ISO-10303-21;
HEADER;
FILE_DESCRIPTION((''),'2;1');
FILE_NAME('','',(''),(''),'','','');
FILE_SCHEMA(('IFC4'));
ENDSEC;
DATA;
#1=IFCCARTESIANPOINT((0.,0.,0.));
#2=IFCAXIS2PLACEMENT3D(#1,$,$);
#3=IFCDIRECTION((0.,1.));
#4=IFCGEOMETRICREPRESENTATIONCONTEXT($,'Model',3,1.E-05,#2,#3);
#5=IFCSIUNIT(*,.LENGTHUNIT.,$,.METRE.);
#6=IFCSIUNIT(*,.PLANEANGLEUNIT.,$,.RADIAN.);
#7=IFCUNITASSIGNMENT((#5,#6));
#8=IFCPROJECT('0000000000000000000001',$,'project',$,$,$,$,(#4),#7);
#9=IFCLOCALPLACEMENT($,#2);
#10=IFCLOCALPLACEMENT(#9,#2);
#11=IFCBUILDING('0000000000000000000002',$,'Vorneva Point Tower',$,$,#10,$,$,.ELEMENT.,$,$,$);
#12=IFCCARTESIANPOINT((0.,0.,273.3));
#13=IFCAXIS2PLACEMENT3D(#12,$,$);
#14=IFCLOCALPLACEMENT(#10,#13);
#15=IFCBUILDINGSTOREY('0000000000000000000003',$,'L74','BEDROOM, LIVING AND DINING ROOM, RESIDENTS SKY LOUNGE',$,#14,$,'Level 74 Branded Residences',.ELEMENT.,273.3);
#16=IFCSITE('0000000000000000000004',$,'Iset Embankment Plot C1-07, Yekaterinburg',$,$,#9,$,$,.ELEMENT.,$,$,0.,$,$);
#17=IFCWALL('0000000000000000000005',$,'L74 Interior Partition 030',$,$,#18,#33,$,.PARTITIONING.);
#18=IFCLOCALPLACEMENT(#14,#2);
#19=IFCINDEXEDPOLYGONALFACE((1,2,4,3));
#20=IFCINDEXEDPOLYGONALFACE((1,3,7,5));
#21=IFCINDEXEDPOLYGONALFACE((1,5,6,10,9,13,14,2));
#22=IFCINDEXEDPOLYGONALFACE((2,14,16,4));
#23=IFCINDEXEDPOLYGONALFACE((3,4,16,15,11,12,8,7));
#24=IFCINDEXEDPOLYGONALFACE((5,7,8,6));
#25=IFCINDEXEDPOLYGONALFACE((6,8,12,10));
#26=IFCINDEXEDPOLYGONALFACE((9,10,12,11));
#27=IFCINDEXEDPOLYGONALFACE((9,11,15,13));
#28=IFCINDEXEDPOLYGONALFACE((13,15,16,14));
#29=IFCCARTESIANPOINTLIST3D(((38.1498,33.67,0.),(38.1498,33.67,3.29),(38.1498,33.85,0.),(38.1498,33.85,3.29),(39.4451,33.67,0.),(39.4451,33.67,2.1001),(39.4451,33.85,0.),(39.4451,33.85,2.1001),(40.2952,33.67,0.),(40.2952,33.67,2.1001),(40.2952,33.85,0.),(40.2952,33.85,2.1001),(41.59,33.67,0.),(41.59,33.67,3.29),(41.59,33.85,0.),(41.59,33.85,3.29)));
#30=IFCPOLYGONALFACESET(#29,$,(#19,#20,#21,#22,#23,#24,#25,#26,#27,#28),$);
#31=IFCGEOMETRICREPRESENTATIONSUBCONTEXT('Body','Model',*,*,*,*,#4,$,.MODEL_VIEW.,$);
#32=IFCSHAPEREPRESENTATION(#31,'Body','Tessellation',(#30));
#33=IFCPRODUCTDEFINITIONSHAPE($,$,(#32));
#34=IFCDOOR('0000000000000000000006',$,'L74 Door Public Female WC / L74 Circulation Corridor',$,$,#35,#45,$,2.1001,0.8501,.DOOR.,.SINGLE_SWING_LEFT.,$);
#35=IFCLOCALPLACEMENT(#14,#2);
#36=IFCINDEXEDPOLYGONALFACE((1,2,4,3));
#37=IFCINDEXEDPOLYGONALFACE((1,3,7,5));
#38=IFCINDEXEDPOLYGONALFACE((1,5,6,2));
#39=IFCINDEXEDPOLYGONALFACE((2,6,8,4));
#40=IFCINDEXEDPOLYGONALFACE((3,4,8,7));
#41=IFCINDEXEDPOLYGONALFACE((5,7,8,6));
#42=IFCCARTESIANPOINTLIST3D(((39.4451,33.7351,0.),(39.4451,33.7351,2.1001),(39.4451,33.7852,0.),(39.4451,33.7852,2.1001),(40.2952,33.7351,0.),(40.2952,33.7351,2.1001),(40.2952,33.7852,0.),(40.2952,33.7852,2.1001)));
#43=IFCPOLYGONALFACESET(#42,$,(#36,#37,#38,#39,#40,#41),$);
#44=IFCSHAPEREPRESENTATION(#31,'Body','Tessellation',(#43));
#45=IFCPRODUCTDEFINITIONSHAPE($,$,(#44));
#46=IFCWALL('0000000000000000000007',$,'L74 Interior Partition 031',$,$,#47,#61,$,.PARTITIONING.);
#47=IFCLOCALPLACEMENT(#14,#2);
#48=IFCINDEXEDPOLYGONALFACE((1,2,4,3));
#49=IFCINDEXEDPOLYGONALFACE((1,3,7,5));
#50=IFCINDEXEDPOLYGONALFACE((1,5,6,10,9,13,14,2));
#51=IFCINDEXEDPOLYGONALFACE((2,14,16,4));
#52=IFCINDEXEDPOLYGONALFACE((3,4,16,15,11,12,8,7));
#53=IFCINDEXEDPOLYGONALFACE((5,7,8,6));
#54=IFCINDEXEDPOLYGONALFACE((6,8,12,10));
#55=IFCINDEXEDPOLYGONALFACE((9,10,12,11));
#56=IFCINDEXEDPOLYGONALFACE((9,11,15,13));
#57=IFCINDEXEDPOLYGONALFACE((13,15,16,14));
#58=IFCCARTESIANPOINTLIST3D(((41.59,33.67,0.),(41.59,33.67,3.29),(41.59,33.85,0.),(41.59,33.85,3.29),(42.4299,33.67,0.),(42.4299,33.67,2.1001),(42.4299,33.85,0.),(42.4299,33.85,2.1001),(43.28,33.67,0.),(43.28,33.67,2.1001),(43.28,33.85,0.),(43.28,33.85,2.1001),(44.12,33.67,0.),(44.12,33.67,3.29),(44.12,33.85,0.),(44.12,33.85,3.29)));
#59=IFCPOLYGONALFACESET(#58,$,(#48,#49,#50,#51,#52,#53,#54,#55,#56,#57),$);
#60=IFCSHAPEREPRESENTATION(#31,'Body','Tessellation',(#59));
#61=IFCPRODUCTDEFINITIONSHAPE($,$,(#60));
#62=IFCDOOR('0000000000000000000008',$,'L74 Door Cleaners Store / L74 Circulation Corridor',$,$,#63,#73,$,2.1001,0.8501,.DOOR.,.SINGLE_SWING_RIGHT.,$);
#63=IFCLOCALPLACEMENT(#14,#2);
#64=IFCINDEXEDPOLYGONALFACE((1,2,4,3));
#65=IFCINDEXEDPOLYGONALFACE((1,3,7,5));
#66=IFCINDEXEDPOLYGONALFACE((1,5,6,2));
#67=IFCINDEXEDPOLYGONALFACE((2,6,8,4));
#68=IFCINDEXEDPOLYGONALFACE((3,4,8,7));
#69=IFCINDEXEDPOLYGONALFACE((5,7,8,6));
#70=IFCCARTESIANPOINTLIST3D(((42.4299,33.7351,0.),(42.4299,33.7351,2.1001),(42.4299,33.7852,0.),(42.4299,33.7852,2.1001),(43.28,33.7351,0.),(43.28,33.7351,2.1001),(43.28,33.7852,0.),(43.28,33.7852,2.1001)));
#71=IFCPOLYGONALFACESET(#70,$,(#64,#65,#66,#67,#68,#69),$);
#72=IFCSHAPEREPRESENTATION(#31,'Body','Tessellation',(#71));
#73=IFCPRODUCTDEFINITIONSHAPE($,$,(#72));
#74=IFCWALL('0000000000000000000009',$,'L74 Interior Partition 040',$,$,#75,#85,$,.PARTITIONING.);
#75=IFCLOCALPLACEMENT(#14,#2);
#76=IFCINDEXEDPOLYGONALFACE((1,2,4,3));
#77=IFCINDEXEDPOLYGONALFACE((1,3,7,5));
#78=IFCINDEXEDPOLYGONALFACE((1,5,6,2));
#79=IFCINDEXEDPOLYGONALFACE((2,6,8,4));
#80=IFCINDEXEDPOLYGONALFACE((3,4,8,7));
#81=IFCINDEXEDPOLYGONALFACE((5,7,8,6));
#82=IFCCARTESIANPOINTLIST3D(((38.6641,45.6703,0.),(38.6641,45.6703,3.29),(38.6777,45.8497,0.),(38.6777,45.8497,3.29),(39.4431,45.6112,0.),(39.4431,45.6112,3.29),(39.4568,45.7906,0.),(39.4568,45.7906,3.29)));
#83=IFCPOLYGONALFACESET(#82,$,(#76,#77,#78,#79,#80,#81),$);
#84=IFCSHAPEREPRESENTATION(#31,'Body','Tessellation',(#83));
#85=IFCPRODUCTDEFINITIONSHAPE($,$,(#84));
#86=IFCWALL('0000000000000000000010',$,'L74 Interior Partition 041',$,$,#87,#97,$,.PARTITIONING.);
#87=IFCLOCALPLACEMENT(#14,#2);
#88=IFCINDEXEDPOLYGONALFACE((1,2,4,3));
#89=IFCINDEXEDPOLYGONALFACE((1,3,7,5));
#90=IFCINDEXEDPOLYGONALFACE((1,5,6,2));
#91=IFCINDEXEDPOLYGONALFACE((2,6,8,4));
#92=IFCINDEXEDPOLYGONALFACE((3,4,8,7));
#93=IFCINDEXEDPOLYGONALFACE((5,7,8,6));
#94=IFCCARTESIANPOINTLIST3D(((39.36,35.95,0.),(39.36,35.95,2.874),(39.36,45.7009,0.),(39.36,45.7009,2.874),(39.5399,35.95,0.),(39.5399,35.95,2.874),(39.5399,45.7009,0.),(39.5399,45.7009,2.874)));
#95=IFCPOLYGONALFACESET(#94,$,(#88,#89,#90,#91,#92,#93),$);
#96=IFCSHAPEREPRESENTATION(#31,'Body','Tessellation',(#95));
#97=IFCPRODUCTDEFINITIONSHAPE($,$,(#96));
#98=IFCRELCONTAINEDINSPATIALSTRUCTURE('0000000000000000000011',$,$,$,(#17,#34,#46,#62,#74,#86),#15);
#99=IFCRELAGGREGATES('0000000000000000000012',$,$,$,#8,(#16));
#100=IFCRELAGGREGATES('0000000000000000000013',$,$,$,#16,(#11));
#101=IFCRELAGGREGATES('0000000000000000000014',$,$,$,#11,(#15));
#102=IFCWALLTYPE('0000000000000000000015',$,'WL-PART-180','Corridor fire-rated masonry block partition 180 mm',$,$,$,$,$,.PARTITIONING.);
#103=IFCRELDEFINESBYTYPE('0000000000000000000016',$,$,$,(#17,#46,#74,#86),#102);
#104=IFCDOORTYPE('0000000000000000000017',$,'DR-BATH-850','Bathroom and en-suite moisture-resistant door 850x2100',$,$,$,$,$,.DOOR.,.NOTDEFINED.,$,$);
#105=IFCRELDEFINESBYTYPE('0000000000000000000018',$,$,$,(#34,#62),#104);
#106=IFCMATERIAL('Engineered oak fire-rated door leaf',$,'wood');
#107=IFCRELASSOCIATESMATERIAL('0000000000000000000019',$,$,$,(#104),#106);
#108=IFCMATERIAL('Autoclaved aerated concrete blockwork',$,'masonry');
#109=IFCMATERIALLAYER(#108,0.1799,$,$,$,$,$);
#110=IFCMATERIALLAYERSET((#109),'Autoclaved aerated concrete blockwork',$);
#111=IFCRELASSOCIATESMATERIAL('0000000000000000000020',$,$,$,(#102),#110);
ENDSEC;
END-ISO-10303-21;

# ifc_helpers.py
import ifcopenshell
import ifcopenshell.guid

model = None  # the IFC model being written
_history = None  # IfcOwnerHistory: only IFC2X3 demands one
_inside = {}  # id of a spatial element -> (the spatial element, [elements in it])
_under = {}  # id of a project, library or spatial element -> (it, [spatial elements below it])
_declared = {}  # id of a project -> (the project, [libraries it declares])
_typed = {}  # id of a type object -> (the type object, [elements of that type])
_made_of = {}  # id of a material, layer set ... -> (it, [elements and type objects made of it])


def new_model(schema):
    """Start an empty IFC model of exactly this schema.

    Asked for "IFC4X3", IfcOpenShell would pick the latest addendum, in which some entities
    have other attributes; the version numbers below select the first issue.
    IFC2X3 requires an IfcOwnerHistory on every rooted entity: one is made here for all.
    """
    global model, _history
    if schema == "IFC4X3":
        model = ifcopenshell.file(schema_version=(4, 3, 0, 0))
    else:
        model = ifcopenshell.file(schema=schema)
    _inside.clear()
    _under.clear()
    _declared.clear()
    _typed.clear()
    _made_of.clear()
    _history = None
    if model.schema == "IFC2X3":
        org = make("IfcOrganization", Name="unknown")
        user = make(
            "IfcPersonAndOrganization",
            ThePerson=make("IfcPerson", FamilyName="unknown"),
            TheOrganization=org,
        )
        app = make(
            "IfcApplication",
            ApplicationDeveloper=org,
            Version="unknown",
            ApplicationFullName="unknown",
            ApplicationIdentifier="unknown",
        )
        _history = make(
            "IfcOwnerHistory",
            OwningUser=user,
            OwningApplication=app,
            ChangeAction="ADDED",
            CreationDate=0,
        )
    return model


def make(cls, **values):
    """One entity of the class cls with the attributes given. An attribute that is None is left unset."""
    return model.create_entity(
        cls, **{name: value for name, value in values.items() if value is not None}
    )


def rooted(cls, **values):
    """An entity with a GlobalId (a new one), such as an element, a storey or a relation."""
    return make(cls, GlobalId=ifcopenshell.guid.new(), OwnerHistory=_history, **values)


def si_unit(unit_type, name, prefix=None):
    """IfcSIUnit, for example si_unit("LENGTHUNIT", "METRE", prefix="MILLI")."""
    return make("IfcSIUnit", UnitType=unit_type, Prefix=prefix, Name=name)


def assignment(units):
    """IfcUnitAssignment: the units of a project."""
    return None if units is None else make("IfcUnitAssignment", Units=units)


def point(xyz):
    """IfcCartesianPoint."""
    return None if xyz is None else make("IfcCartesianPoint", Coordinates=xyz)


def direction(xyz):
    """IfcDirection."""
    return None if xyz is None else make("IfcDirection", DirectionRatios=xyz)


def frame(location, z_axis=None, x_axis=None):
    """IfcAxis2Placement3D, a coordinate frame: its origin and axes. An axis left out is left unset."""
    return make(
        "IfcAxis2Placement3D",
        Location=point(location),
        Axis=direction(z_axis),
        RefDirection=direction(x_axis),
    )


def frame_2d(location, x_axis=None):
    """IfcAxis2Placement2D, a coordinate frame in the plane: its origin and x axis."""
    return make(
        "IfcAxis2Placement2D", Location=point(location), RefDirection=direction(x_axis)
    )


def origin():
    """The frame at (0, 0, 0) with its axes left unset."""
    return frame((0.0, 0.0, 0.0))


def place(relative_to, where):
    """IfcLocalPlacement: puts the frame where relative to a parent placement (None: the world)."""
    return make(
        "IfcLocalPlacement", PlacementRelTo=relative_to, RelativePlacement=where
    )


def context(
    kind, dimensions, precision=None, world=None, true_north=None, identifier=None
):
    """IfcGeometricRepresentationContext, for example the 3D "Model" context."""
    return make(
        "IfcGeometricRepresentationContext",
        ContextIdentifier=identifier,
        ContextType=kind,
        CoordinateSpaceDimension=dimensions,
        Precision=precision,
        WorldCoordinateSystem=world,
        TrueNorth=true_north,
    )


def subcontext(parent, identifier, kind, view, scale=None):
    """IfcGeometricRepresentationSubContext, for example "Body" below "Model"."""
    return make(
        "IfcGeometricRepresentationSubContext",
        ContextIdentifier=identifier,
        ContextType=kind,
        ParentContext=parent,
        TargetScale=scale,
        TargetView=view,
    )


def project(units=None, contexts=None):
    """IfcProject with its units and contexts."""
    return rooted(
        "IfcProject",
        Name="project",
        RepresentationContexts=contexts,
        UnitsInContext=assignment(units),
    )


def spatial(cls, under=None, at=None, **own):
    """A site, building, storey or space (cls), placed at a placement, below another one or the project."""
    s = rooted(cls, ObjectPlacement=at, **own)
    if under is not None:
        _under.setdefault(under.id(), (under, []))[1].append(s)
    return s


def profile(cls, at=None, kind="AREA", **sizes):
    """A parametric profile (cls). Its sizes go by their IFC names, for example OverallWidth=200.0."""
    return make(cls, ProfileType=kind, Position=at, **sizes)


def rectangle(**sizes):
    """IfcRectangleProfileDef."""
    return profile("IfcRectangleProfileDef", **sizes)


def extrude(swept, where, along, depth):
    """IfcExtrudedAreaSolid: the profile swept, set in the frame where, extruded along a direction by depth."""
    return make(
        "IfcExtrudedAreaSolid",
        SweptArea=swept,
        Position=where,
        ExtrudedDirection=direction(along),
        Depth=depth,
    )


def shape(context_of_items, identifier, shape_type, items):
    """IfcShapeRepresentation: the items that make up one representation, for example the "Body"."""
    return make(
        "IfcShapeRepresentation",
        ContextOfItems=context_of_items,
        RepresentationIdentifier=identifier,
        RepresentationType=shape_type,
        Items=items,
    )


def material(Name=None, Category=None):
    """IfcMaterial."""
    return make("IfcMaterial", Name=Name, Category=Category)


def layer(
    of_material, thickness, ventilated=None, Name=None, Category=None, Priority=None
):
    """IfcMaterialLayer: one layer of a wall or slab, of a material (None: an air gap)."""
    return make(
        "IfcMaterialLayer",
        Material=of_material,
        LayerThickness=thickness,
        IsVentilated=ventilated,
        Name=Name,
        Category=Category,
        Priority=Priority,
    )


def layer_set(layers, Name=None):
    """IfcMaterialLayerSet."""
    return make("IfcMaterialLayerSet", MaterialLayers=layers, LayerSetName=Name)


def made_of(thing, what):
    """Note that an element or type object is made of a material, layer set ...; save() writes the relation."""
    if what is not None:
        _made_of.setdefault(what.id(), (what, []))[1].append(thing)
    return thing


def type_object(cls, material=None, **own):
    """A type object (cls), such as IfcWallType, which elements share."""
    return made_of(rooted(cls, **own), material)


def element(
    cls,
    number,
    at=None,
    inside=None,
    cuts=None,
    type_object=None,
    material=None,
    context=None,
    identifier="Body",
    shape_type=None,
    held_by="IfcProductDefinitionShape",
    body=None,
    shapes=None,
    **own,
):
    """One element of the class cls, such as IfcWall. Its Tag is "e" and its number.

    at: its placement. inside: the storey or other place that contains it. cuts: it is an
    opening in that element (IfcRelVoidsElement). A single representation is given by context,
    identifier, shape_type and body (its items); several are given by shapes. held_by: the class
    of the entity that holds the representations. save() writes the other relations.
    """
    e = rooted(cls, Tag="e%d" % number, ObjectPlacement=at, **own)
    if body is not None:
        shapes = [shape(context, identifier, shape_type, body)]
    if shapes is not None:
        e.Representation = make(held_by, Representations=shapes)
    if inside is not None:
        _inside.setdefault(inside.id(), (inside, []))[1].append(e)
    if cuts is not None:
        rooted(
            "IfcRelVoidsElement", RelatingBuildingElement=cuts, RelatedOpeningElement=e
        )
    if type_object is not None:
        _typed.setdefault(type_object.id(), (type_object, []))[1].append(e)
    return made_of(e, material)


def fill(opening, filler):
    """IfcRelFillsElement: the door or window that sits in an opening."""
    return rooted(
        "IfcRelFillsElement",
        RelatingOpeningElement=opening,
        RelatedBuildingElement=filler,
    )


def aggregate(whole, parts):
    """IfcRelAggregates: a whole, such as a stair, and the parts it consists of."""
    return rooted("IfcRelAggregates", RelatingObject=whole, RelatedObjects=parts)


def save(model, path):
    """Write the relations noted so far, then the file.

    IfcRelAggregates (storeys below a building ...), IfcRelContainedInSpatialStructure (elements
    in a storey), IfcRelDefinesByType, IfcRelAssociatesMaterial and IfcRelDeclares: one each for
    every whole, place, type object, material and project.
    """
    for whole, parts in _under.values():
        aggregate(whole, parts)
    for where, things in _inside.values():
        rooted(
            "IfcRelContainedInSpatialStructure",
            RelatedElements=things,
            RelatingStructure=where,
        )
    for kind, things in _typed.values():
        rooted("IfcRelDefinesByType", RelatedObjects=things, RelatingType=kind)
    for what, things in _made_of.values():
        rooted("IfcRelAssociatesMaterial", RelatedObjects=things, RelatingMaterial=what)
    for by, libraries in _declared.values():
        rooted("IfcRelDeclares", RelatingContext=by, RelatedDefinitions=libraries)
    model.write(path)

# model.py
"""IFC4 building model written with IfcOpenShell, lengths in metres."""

from ifc_helpers import new_model, si_unit, direction, frame, frame_2d, origin, place, context, subcontext, project, spatial, rectangle, extrude, material, layer, layer_set, type_object, element, fill, save


model = new_model("IFC4")

# Units and contexts
model_context = context("Model", 3, precision=1e-05, world=origin(), true_north=direction((0.0, 1.0)))
body_context = subcontext(model_context, "Body", "Model", "MODEL_VIEW")
ifc_project = project(units=[si_unit("LENGTHUNIT", "METRE"), si_unit("PLANEANGLEUNIT", "RADIAN")], contexts=[model_context])

# Site, building, storey
site_placement = place(None, origin())
site = spatial("IfcSite", under=ifc_project, at=site_placement, Name="Iset Embankment Plot C1-07, Yekaterinburg", CompositionType="ELEMENT", RefElevation=0.0)
building_placement = place(site_placement, origin())
building = spatial("IfcBuilding", under=site, at=building_placement, Name="Vorneva Point Tower", CompositionType="ELEMENT")
storey_placement = place(building_placement, frame((0.0, 0.0, 273.3)))
storey = spatial("IfcBuildingStorey", under=building, at=storey_placement, Name="L74", Description="BEDROOM, LIVING AND DINING ROOM, RESIDENTS SKY LOUNGE", LongName="Level 74 Branded Residences", CompositionType="ELEMENT", Elevation=273.3)

# Shared definitions
ifc_material_1 = material(Name="Engineered oak fire-rated door leaf", Category="wood")
door_type_1 = type_object("IfcDoorType", Name="DR-BATH-850", Description="Bathroom and en-suite moisture-resistant door 850x2100", OperationType="NOTDEFINED", PredefinedType="DOOR", material=ifc_material_1)

# Walls, openings, doors
ifc_material_2 = material(Name="Autoclaved aerated concrete blockwork", Category="masonry")
ifc_layer_1 = layer(ifc_material_2, 0.1799)
ifc_layer_set_1 = layer_set([ifc_layer_1], Name="Autoclaved aerated concrete blockwork")
wall_type_1 = type_object("IfcWallType", Name="WL-PART-180", Description="Corridor fire-rated masonry block partition 180 mm", PredefinedType="PARTITIONING", material=ifc_layer_set_1)
wall_1_placement = place(storey_placement, frame((41.5901, 33.76, 0.0), z_axis=(0.0, 0.0, 1.0), x_axis=(-1.0, 0.0, 0.0)))
wall_1 = element("IfcWall", 1, at=wall_1_placement, inside=storey, type_object=wall_type_1, Name="L74 Interior Partition 030", PredefinedType="PARTITIONING", context=body_context, shape_type="SweptSolid", body=[
    extrude(rectangle(XDim=3.4402, YDim=0.1799, at=frame_2d((1.7202, 0.0))), origin(), (0.0, 0.0, 1.0), 3.29),
])
opening_1_placement = place(wall_1_placement, frame((1.2949, 0.0, 0.0)))
opening_1 = element("IfcOpeningElement", 2, at=opening_1_placement, cuts=wall_1, PredefinedType="OPENING", context=body_context, shape_type="SweptSolid", body=[
    extrude(rectangle(XDim=0.8501, YDim=2.1001, at=frame_2d((0.425, 1.05))), frame((0.0, 0.105, 0.0), z_axis=(0.0, -1.0, 0.0), x_axis=(1.0, 0.0, 0.0)), (0.0, 0.0, 1.0), 0.2097),
])
door_1_placement = place(opening_1_placement, origin())
door_1 = element("IfcDoor", 3, at=door_1_placement, inside=storey, type_object=door_type_1, Name="L74 Door Public Female WC / L74 Circulation Corridor", OperationType="SINGLE_SWING_LEFT", OverallHeight=2.1001, OverallWidth=0.8501, PredefinedType="DOOR", context=body_context, shape_type="SweptSolid", body=[
    extrude(rectangle(XDim=0.8501, YDim=2.1001, at=frame_2d((0.425, 1.05))), frame((0.0, 0.0249, 0.0), z_axis=(0.0, -1.0, 0.0), x_axis=(1.0, 0.0, 0.0)), (0.0, 0.0, 1.0), 0.05),
])
fill(opening_1, door_1)
wall_2_placement = place(storey_placement, frame((44.1201, 33.76, 0.0), z_axis=(0.0, 0.0, 1.0), x_axis=(-1.0, 0.0, 0.0)))
wall_2 = element("IfcWall", 4, at=wall_2_placement, inside=storey, type_object=wall_type_1, Name="L74 Interior Partition 031", PredefinedType="PARTITIONING", context=body_context, shape_type="SweptSolid", body=[
    extrude(rectangle(XDim=2.53, YDim=0.1799, at=frame_2d((1.2651, 0.0))), origin(), (0.0, 0.0, 1.0), 3.29),
])
opening_2_placement = place(wall_2_placement, frame((0.8401, 0.0, 0.0)))
opening_2 = element("IfcOpeningElement", 5, at=opening_2_placement, cuts=wall_2, PredefinedType="OPENING", context=body_context, shape_type="SweptSolid", body=[
    extrude(rectangle(XDim=0.8501, YDim=2.1001, at=frame_2d((0.425, 1.05))), frame((0.0, 0.105, 0.0), z_axis=(0.0, -1.0, 0.0), x_axis=(1.0, 0.0, 0.0)), (0.0, 0.0, 1.0), 0.2097),
])
door_2_placement = place(opening_2_placement, origin())
door_2 = element("IfcDoor", 6, at=door_2_placement, inside=storey, type_object=door_type_1, Name="L74 Door Cleaners Store / L74 Circulation Corridor", OperationType="SINGLE_SWING_RIGHT", OverallHeight=2.1001, OverallWidth=0.8501, PredefinedType="DOOR", context=body_context, shape_type="SweptSolid", body=[
    extrude(rectangle(XDim=0.8501, YDim=2.1001, at=frame_2d((0.425, 1.05))), frame((0.0, 0.0249, 0.0), z_axis=(0.0, -1.0, 0.0), x_axis=(1.0, 0.0, 0.0)), (0.0, 0.0, 1.0), 0.05),
])
fill(opening_2, door_2)

# Walls
wall_3_placement = place(storey_placement, frame((39.45, 45.7009, 0.0), z_axis=(0.0, 0.0, 1.0), x_axis=(-0.997137, 0.075621, 0.0)))
element("IfcWall", 7, at=wall_3_placement, inside=storey, type_object=wall_type_1, Name="L74 Interior Partition 040", PredefinedType="PARTITIONING", context=body_context, shape_type="SweptSolid", body=[
    extrude(rectangle(XDim=0.7812, YDim=0.1799, at=frame_2d((0.3906, 0.0))), origin(), (0.0, 0.0, 1.0), 3.29),
])
wall_4_placement = place(storey_placement, frame((39.45, 35.95, 0.0), z_axis=(0.0, 0.0, 1.0), x_axis=(0.0, 1.0, 0.0)))
element("IfcWall", 8, at=wall_4_placement, inside=storey, type_object=wall_type_1, Name="L74 Interior Partition 041", PredefinedType="PARTITIONING", context=body_context, shape_type="SweptSolid", body=[
    extrude(rectangle(XDim=9.751, YDim=0.1799, at=frame_2d((4.8755, 0.0))), origin(), (0.0, 0.0, 1.0), 2.874),
])

save(model, "model.ifc")
